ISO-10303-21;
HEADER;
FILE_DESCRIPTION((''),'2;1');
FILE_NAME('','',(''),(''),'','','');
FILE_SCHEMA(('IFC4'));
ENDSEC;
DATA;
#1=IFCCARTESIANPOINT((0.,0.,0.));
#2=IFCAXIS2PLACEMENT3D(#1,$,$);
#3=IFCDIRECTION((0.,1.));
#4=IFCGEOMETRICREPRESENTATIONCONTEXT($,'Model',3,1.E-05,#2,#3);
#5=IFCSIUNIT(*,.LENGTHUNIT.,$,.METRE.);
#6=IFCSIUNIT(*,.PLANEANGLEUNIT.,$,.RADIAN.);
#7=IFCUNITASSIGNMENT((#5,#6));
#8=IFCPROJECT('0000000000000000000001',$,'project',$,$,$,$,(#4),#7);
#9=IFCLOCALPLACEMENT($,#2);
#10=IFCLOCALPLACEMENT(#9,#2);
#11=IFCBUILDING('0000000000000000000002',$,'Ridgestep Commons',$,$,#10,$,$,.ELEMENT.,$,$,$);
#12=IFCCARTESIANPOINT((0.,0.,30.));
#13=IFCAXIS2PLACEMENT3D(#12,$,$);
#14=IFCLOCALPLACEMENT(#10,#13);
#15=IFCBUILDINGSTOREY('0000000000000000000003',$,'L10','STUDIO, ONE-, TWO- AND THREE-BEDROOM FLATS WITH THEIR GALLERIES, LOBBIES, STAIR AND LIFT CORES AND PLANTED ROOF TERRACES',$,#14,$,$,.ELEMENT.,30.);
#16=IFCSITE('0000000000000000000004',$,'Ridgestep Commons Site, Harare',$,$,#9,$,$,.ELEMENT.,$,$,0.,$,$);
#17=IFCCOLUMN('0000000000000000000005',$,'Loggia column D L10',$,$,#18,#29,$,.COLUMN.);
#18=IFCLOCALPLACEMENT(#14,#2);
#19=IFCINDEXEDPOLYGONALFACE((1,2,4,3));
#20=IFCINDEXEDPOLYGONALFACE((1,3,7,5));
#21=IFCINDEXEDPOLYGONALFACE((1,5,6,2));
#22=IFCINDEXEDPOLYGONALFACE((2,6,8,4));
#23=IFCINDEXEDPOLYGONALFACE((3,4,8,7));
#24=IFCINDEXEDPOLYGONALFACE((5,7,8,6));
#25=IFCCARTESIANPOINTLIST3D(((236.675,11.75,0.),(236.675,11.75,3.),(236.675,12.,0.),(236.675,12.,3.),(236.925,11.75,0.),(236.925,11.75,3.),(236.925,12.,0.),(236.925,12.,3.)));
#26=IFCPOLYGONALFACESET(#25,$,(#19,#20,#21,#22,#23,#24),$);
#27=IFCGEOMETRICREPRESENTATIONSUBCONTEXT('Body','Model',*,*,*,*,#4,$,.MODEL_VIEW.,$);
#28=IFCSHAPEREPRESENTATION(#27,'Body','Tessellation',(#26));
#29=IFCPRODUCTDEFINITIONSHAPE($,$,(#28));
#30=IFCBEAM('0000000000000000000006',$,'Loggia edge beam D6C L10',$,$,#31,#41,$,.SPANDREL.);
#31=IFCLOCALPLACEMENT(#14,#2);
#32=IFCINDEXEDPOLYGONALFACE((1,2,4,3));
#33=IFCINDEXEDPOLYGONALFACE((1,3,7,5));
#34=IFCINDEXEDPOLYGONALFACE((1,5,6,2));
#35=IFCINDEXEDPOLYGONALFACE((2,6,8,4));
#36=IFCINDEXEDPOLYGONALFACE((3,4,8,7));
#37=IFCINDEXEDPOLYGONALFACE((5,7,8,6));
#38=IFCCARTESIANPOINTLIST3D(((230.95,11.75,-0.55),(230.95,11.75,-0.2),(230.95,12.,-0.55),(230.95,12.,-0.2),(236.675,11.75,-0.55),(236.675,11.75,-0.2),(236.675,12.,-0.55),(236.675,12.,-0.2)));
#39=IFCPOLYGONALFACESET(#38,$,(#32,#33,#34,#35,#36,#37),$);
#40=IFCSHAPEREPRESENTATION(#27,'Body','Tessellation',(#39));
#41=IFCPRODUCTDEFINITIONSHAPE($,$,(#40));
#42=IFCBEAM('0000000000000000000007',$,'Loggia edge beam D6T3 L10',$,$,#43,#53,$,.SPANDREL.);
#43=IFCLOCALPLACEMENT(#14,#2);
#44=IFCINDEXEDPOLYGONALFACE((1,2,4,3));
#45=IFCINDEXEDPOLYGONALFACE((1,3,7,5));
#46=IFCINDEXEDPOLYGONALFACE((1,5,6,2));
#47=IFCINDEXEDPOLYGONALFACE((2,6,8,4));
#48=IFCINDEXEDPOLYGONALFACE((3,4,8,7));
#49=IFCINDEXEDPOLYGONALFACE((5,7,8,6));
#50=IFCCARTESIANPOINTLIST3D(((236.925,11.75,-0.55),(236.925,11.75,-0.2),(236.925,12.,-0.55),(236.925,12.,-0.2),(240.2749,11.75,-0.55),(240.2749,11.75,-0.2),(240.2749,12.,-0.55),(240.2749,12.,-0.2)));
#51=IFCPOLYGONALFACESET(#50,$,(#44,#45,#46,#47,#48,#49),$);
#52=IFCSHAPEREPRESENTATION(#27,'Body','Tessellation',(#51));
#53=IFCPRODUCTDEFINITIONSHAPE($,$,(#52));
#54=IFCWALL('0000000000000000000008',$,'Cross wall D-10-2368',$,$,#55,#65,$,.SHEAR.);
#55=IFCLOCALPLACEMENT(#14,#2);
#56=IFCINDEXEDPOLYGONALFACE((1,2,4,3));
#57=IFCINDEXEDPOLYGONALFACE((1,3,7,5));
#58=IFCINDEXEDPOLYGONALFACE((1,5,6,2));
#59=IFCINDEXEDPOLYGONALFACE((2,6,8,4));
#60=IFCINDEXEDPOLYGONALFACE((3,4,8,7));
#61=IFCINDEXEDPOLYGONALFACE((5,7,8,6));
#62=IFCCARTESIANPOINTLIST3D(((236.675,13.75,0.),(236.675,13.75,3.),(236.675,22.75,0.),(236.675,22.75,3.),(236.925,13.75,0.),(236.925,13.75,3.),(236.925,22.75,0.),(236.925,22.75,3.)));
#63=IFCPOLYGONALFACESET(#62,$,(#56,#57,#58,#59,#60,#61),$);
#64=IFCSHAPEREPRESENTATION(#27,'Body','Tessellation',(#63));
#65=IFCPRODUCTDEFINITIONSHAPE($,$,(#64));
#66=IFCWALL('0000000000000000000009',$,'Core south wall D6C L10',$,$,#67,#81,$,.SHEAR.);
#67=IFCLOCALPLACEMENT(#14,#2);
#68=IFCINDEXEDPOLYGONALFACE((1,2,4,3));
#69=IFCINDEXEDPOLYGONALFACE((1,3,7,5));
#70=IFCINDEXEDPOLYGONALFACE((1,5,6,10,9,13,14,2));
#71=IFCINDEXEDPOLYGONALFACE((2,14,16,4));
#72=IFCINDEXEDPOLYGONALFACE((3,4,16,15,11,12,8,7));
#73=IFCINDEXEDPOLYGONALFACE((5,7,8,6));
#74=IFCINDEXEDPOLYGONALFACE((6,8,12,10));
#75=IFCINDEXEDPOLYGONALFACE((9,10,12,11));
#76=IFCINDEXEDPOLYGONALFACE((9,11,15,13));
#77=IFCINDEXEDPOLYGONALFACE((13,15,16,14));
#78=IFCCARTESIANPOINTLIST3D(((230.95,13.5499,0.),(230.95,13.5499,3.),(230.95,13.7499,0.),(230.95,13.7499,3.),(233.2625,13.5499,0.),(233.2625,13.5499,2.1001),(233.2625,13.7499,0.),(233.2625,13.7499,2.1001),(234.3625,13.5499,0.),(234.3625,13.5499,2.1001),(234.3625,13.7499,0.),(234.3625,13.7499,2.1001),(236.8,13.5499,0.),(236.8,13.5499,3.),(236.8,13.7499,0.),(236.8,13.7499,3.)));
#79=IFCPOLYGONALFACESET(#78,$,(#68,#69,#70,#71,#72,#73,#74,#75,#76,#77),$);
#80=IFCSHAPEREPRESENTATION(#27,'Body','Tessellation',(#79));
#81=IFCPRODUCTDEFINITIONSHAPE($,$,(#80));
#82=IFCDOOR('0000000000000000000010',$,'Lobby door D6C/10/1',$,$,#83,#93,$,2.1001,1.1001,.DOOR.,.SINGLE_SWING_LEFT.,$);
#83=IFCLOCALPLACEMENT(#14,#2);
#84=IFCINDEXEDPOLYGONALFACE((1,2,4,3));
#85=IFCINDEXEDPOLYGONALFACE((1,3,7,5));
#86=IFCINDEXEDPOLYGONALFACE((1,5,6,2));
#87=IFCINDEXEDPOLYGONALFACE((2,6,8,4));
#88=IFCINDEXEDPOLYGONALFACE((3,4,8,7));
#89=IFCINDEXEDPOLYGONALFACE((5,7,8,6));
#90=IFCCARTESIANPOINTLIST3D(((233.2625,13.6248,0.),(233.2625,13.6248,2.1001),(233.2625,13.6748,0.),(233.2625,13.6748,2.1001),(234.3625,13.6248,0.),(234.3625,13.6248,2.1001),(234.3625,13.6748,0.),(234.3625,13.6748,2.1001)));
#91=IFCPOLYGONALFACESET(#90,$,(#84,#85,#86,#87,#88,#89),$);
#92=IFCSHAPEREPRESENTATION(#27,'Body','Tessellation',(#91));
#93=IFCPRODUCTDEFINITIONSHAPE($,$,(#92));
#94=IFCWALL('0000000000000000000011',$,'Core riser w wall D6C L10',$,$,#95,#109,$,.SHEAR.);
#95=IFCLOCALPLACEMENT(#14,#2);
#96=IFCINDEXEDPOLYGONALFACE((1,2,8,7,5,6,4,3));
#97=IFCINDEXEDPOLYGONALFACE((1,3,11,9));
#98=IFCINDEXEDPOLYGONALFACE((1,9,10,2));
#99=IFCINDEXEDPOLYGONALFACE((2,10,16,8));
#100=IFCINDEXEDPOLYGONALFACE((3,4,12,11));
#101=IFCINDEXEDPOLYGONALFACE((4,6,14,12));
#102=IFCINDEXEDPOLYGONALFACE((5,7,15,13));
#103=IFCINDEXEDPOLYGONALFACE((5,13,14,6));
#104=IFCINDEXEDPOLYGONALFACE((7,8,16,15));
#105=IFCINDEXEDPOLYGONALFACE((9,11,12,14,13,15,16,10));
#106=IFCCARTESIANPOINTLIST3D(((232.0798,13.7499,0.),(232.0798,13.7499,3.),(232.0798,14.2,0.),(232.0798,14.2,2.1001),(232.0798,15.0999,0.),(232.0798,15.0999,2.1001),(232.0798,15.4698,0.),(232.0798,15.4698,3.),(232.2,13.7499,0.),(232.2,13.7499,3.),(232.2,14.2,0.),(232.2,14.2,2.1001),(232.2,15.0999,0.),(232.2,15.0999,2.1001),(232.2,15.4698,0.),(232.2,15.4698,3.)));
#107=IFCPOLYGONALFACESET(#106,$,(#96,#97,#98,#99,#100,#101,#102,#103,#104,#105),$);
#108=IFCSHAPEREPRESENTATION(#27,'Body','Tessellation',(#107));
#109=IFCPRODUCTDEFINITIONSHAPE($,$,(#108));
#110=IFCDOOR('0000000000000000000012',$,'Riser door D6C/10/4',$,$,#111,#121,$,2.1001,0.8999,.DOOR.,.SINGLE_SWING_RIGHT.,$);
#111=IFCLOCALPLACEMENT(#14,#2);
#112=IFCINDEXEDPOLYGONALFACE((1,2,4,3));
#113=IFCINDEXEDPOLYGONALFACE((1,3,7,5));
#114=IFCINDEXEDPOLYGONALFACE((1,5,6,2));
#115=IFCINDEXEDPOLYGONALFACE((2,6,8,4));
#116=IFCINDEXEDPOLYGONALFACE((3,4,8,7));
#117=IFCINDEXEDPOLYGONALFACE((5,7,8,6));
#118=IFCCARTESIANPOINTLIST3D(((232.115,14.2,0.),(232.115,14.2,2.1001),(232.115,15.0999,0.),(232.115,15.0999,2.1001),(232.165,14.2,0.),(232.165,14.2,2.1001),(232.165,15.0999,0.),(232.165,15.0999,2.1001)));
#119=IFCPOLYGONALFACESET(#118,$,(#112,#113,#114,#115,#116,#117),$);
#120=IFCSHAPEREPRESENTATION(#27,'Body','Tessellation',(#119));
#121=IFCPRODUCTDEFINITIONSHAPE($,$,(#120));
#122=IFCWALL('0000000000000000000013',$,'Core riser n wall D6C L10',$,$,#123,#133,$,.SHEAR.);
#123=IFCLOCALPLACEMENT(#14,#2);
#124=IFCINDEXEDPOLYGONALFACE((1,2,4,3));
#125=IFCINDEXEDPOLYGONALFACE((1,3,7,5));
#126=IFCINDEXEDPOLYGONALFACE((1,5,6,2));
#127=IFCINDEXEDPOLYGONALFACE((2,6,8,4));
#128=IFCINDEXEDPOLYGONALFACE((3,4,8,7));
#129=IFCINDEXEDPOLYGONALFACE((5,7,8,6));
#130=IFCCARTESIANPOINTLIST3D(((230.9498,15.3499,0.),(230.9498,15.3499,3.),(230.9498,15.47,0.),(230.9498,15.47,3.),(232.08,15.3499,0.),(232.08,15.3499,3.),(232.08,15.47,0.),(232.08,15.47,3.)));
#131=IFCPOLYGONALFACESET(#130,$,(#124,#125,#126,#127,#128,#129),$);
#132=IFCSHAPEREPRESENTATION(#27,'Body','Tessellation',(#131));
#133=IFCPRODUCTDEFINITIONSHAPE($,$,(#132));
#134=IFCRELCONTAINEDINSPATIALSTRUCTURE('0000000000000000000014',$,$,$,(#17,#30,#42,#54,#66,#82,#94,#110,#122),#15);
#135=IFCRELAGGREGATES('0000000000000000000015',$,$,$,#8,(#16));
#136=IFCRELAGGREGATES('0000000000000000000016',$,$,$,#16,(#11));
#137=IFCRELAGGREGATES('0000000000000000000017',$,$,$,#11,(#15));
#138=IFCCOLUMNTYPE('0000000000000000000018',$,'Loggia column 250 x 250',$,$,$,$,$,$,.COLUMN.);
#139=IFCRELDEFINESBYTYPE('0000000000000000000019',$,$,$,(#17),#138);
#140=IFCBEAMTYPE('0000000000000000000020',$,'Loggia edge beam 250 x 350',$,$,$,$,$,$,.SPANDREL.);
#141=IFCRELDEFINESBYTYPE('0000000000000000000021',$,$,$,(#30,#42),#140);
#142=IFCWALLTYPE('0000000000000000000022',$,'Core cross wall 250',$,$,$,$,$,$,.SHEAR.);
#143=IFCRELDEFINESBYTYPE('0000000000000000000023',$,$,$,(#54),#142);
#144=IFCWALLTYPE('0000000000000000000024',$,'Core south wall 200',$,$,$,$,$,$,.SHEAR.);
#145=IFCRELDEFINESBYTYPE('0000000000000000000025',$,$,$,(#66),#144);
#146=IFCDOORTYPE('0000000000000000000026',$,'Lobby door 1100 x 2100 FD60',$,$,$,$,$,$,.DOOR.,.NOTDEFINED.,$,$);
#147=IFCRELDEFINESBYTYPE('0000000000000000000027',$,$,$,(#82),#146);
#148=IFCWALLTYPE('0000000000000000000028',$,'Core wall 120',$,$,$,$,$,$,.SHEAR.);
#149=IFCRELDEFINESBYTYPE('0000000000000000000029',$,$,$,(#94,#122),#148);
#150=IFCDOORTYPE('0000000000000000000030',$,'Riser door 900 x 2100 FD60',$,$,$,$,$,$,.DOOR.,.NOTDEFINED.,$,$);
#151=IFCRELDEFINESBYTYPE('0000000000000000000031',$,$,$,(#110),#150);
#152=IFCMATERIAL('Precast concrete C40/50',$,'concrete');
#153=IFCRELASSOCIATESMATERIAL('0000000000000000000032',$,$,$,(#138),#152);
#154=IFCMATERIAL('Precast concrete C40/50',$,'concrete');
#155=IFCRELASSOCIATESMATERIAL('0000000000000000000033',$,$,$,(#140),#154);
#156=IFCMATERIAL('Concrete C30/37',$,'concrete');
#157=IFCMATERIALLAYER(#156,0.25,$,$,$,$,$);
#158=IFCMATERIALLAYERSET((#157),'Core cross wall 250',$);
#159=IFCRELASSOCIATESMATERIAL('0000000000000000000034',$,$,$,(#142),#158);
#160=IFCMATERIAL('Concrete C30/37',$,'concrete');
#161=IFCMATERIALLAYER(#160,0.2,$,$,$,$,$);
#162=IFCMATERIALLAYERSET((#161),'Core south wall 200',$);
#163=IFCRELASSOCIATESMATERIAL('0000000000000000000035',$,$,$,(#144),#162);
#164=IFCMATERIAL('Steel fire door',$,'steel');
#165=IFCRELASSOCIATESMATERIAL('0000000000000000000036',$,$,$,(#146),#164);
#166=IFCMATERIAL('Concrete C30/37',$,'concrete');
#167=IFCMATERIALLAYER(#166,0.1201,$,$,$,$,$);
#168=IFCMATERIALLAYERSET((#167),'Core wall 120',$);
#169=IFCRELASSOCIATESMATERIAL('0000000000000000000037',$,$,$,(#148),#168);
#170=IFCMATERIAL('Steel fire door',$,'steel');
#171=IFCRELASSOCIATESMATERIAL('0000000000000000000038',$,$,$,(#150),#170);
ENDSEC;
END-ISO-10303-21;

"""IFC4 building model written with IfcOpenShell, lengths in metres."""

from ifc_helpers import new_model, si_unit, direction, frame, frame_2d, origin, origin_2d, place, context, subcontext, project, spatial, rectangle, extrude, material, layer, layer_set, material_profile, profile_set, type_object, element, fill, save


model = new_model("IFC4")

# Units and contexts
model_context = context("Model", 3, precision=1e-05, world=origin(), true_north=direction((0.0, 1.0)))
body_context = subcontext(model_context, "Body", "Model", "MODEL_VIEW")
ifc_project = project(units=[si_unit("LENGTHUNIT", "METRE"), si_unit("PLANEANGLEUNIT", "RADIAN")], contexts=[model_context])

# Site, building, storey
site_placement = place(None, origin())
site = spatial("IfcSite", under=ifc_project, at=site_placement, Name="Ridgestep Commons Site, Harare", CompositionType="ELEMENT", RefElevation=0.0)
building_placement = place(site_placement, origin())
building = spatial("IfcBuilding", under=site, at=building_placement, Name="Ridgestep Commons", CompositionType="ELEMENT")
storey_placement = place(building_placement, frame((0.0, 0.0, 30.0)))
storey = spatial("IfcBuildingStorey", under=building, at=storey_placement, Name="L10", Description="STUDIO, ONE-, TWO- AND THREE-BEDROOM FLATS WITH THEIR GALLERIES, LOBBIES, STAIR AND LIFT CORES AND PLANTED ROOF TERRACES", CompositionType="ELEMENT", Elevation=30.0)

# Column
ifc_material_1 = material(Name="Precast concrete C40/50", Category="concrete")
ifc_material_profile_1 = material_profile(ifc_material_1, rectangle(XDim=0.25, YDim=0.25, at=origin_2d()), Name="PC 250x250")
ifc_profile_set_1 = profile_set([ifc_material_profile_1], Name="Precast concrete C40/50")
column_type = type_object("IfcColumnType", Name="Loggia column 250 x 250", PredefinedType="COLUMN", material=ifc_profile_set_1)
column_placement = place(storey_placement, frame((236.8, 11.875, 0.0), z_axis=(0.0, 0.0, 1.0), x_axis=(1.0, 0.0, 0.0)))
element("IfcColumn", 1, at=column_placement, inside=storey, type_object=column_type, Name="Loggia column D L10", PredefinedType="COLUMN", context=body_context, shape_type="SweptSolid", body=[
    extrude(rectangle(XDim=0.25, YDim=0.25, at=origin_2d()), origin(), (0.0, 0.0, 1.0), 3.0),
])

# Beams
ifc_material_2 = material(Name="Precast concrete C40/50", Category="concrete")
ifc_material_profile_2 = material_profile(ifc_material_2, rectangle(XDim=0.25, YDim=0.3501, at=origin_2d()), Name="PC 250x350")
ifc_profile_set_2 = profile_set([ifc_material_profile_2], Name="Precast concrete C40/50")
beam_type = type_object("IfcBeamType", Name="Loggia edge beam 250 x 350", PredefinedType="SPANDREL", material=ifc_profile_set_2)
beam_1_placement = place(storey_placement, frame((230.95, 11.875, -0.375), z_axis=(1.0, 0.0, 0.0), x_axis=(0.0, 1.0, 0.0)))
element("IfcBeam", 2, at=beam_1_placement, inside=storey, type_object=beam_type, Name="Loggia edge beam D6C L10", PredefinedType="SPANDREL", context=body_context, shape_type="SweptSolid", body=[
    extrude(rectangle(XDim=0.25, YDim=0.3501, at=origin_2d()), origin(), (0.0, 0.0, 1.0), 5.7251),
])
beam_2_placement = place(storey_placement, frame((236.925, 11.875, -0.375), z_axis=(1.0, 0.0, 0.0), x_axis=(0.0, 1.0, 0.0)))
element("IfcBeam", 3, at=beam_2_placement, inside=storey, type_object=beam_type, Name="Loggia edge beam D6T3 L10", PredefinedType="SPANDREL", context=body_context, shape_type="SweptSolid", body=[
    extrude(rectangle(XDim=0.25, YDim=0.3501, at=origin_2d()), origin(), (0.0, 0.0, 1.0), 3.3499),
])

# Wall
ifc_material_3 = material(Name="Concrete C30/37", Category="concrete")
ifc_layer_1 = layer(ifc_material_3, 0.25)
ifc_layer_set_1 = layer_set([ifc_layer_1], Name="Core cross wall 250")
wall_type_1 = type_object("IfcWallType", Name="Core cross wall 250", PredefinedType="SHEAR", material=ifc_layer_set_1)
wall_1_placement = place(storey_placement, frame((236.8, 13.75, 0.0), z_axis=(0.0, 0.0, 1.0), x_axis=(0.0, 1.0, 0.0)))
element("IfcWall", 4, at=wall_1_placement, inside=storey, type_object=wall_type_1, Name="Cross wall D-10-2368", PredefinedType="SHEAR", context=body_context, shape_type="SweptSolid", body=[
    extrude(rectangle(XDim=9.0, YDim=0.25, at=frame_2d((4.5, 0.0))), origin(), (0.0, 0.0, 1.0), 3.0),
])

# Walls, openings, doors
ifc_material_4 = material(Name="Concrete C30/37", Category="concrete")
ifc_layer_2 = layer(ifc_material_4, 0.2)
ifc_layer_set_2 = layer_set([ifc_layer_2], Name="Core south wall 200")
wall_type_2 = type_object("IfcWallType", Name="Core south wall 200", PredefinedType="SHEAR", material=ifc_layer_set_2)
wall_2_placement = place(storey_placement, frame((230.95, 13.6499, 0.0), z_axis=(0.0, 0.0, 1.0), x_axis=(1.0, 0.0, 0.0)))
wall_2 = element("IfcWall", 5, at=wall_2_placement, inside=storey, type_object=wall_type_2, Name="Core south wall D6C L10", PredefinedType="SHEAR", context=body_context, shape_type="SweptSolid", body=[
    extrude(rectangle(XDim=5.8501, YDim=0.2, at=frame_2d((2.925, 0.0))), origin(), (0.0, 0.0, 1.0), 3.0),
])
opening_1_placement = place(wall_2_placement, frame((2.3125, 0.0, 0.0)))
opening_1 = element("IfcOpeningElement", 6, at=opening_1_placement, cuts=wall_2, PredefinedType="OPENING", context=body_context, shape_type="SweptSolid", body=[
    extrude(rectangle(XDim=1.1001, YDim=2.1001, at=frame_2d((0.55, 1.05))), frame((0.0, 0.1099, 0.0), z_axis=(0.0, -1.0, 0.0), x_axis=(1.0, 0.0, 0.0)), (0.0, 0.0, 1.0), 0.22),
])
ifc_material_5 = material(Name="Steel fire door", Category="steel")
door_type_1 = type_object("IfcDoorType", Name="Lobby door 1100 x 2100 FD60", OperationType="NOTDEFINED", PredefinedType="DOOR", material=ifc_material_5)
door_1_placement = place(opening_1_placement, origin())
door_1 = element("IfcDoor", 7, at=door_1_placement, inside=storey, type_object=door_type_1, Name="Lobby door D6C/10/1", OperationType="SINGLE_SWING_LEFT", OverallHeight=2.1001, OverallWidth=1.1001, PredefinedType="DOOR", context=body_context, shape_type="SweptSolid", body=[
    extrude(rectangle(XDim=1.1001, YDim=2.1001, at=frame_2d((0.55, 1.05))), frame((0.0, 0.0249, 0.0), z_axis=(0.0, -1.0, 0.0), x_axis=(1.0, 0.0, 0.0)), (0.0, 0.0, 1.0), 0.05),
])
fill(opening_1, door_1)
ifc_material_6 = material(Name="Concrete C30/37", Category="concrete")
ifc_layer_3 = layer(ifc_material_6, 0.1201)
ifc_layer_set_3 = layer_set([ifc_layer_3], Name="Core wall 120")
wall_type_3 = type_object("IfcWallType", Name="Core wall 120", PredefinedType="SHEAR", material=ifc_layer_set_3)
wall_3_placement = place(storey_placement, frame((232.1399, 13.75, 0.0), z_axis=(0.0, 0.0, 1.0), x_axis=(0.0, 1.0, 0.0)))
wall_3 = element("IfcWall", 8, at=wall_3_placement, inside=storey, type_object=wall_type_3, Name="Core riser w wall D6C L10", PredefinedType="SHEAR", context=body_context, shape_type="SweptSolid", body=[
    extrude(rectangle(XDim=1.72, YDim=0.1201, at=frame_2d((0.8599, 0.0))), origin(), (0.0, 0.0, 1.0), 3.0),
])
opening_2_placement = place(wall_3_placement, frame((0.45, 0.0, 0.0)))
opening_2 = element("IfcOpeningElement", 9, at=opening_2_placement, cuts=wall_3, PredefinedType="OPENING", context=body_context, shape_type="SweptSolid", body=[
    extrude(rectangle(XDim=0.8999, YDim=2.1001, at=frame_2d((0.45, 1.05))), frame((0.0, 0.0701, 0.0), z_axis=(0.0, -1.0, 0.0), x_axis=(1.0, 0.0, 0.0)), (0.0, 0.0, 1.0), 0.1401),
])
ifc_material_7 = material(Name="Steel fire door", Category="steel")
door_type_2 = type_object("IfcDoorType", Name="Riser door 900 x 2100 FD60", OperationType="NOTDEFINED", PredefinedType="DOOR", material=ifc_material_7)
door_2_placement = place(opening_2_placement, origin())
door_2 = element("IfcDoor", 10, at=door_2_placement, inside=storey, type_object=door_type_2, Name="Riser door D6C/10/4", OperationType="SINGLE_SWING_RIGHT", OverallHeight=2.1001, OverallWidth=0.8999, PredefinedType="DOOR", context=body_context, shape_type="SweptSolid", body=[
    extrude(rectangle(XDim=0.8999, YDim=2.1001, at=frame_2d((0.45, 1.05))), frame((0.0, 0.0249, 0.0), z_axis=(0.0, -1.0, 0.0), x_axis=(1.0, 0.0, 0.0)), (0.0, 0.0, 1.0), 0.05),
])
fill(opening_2, door_2)

# Wall
wall_4_placement = place(storey_placement, frame((230.95, 15.4099, 0.0), z_axis=(0.0, 0.0, 1.0), x_axis=(1.0, 0.0, 0.0)))
element("IfcWall", 11, at=wall_4_placement, inside=storey, type_object=wall_type_3, Name="Core riser n wall D6C L10", PredefinedType="SHEAR", context=body_context, shape_type="SweptSolid", body=[
    extrude(rectangle(XDim=1.1301, YDim=0.1201, at=frame_2d((0.5649, 0.0))), origin(), (0.0, 0.0, 1.0), 3.0),
])

save(model, "model.ifc")
